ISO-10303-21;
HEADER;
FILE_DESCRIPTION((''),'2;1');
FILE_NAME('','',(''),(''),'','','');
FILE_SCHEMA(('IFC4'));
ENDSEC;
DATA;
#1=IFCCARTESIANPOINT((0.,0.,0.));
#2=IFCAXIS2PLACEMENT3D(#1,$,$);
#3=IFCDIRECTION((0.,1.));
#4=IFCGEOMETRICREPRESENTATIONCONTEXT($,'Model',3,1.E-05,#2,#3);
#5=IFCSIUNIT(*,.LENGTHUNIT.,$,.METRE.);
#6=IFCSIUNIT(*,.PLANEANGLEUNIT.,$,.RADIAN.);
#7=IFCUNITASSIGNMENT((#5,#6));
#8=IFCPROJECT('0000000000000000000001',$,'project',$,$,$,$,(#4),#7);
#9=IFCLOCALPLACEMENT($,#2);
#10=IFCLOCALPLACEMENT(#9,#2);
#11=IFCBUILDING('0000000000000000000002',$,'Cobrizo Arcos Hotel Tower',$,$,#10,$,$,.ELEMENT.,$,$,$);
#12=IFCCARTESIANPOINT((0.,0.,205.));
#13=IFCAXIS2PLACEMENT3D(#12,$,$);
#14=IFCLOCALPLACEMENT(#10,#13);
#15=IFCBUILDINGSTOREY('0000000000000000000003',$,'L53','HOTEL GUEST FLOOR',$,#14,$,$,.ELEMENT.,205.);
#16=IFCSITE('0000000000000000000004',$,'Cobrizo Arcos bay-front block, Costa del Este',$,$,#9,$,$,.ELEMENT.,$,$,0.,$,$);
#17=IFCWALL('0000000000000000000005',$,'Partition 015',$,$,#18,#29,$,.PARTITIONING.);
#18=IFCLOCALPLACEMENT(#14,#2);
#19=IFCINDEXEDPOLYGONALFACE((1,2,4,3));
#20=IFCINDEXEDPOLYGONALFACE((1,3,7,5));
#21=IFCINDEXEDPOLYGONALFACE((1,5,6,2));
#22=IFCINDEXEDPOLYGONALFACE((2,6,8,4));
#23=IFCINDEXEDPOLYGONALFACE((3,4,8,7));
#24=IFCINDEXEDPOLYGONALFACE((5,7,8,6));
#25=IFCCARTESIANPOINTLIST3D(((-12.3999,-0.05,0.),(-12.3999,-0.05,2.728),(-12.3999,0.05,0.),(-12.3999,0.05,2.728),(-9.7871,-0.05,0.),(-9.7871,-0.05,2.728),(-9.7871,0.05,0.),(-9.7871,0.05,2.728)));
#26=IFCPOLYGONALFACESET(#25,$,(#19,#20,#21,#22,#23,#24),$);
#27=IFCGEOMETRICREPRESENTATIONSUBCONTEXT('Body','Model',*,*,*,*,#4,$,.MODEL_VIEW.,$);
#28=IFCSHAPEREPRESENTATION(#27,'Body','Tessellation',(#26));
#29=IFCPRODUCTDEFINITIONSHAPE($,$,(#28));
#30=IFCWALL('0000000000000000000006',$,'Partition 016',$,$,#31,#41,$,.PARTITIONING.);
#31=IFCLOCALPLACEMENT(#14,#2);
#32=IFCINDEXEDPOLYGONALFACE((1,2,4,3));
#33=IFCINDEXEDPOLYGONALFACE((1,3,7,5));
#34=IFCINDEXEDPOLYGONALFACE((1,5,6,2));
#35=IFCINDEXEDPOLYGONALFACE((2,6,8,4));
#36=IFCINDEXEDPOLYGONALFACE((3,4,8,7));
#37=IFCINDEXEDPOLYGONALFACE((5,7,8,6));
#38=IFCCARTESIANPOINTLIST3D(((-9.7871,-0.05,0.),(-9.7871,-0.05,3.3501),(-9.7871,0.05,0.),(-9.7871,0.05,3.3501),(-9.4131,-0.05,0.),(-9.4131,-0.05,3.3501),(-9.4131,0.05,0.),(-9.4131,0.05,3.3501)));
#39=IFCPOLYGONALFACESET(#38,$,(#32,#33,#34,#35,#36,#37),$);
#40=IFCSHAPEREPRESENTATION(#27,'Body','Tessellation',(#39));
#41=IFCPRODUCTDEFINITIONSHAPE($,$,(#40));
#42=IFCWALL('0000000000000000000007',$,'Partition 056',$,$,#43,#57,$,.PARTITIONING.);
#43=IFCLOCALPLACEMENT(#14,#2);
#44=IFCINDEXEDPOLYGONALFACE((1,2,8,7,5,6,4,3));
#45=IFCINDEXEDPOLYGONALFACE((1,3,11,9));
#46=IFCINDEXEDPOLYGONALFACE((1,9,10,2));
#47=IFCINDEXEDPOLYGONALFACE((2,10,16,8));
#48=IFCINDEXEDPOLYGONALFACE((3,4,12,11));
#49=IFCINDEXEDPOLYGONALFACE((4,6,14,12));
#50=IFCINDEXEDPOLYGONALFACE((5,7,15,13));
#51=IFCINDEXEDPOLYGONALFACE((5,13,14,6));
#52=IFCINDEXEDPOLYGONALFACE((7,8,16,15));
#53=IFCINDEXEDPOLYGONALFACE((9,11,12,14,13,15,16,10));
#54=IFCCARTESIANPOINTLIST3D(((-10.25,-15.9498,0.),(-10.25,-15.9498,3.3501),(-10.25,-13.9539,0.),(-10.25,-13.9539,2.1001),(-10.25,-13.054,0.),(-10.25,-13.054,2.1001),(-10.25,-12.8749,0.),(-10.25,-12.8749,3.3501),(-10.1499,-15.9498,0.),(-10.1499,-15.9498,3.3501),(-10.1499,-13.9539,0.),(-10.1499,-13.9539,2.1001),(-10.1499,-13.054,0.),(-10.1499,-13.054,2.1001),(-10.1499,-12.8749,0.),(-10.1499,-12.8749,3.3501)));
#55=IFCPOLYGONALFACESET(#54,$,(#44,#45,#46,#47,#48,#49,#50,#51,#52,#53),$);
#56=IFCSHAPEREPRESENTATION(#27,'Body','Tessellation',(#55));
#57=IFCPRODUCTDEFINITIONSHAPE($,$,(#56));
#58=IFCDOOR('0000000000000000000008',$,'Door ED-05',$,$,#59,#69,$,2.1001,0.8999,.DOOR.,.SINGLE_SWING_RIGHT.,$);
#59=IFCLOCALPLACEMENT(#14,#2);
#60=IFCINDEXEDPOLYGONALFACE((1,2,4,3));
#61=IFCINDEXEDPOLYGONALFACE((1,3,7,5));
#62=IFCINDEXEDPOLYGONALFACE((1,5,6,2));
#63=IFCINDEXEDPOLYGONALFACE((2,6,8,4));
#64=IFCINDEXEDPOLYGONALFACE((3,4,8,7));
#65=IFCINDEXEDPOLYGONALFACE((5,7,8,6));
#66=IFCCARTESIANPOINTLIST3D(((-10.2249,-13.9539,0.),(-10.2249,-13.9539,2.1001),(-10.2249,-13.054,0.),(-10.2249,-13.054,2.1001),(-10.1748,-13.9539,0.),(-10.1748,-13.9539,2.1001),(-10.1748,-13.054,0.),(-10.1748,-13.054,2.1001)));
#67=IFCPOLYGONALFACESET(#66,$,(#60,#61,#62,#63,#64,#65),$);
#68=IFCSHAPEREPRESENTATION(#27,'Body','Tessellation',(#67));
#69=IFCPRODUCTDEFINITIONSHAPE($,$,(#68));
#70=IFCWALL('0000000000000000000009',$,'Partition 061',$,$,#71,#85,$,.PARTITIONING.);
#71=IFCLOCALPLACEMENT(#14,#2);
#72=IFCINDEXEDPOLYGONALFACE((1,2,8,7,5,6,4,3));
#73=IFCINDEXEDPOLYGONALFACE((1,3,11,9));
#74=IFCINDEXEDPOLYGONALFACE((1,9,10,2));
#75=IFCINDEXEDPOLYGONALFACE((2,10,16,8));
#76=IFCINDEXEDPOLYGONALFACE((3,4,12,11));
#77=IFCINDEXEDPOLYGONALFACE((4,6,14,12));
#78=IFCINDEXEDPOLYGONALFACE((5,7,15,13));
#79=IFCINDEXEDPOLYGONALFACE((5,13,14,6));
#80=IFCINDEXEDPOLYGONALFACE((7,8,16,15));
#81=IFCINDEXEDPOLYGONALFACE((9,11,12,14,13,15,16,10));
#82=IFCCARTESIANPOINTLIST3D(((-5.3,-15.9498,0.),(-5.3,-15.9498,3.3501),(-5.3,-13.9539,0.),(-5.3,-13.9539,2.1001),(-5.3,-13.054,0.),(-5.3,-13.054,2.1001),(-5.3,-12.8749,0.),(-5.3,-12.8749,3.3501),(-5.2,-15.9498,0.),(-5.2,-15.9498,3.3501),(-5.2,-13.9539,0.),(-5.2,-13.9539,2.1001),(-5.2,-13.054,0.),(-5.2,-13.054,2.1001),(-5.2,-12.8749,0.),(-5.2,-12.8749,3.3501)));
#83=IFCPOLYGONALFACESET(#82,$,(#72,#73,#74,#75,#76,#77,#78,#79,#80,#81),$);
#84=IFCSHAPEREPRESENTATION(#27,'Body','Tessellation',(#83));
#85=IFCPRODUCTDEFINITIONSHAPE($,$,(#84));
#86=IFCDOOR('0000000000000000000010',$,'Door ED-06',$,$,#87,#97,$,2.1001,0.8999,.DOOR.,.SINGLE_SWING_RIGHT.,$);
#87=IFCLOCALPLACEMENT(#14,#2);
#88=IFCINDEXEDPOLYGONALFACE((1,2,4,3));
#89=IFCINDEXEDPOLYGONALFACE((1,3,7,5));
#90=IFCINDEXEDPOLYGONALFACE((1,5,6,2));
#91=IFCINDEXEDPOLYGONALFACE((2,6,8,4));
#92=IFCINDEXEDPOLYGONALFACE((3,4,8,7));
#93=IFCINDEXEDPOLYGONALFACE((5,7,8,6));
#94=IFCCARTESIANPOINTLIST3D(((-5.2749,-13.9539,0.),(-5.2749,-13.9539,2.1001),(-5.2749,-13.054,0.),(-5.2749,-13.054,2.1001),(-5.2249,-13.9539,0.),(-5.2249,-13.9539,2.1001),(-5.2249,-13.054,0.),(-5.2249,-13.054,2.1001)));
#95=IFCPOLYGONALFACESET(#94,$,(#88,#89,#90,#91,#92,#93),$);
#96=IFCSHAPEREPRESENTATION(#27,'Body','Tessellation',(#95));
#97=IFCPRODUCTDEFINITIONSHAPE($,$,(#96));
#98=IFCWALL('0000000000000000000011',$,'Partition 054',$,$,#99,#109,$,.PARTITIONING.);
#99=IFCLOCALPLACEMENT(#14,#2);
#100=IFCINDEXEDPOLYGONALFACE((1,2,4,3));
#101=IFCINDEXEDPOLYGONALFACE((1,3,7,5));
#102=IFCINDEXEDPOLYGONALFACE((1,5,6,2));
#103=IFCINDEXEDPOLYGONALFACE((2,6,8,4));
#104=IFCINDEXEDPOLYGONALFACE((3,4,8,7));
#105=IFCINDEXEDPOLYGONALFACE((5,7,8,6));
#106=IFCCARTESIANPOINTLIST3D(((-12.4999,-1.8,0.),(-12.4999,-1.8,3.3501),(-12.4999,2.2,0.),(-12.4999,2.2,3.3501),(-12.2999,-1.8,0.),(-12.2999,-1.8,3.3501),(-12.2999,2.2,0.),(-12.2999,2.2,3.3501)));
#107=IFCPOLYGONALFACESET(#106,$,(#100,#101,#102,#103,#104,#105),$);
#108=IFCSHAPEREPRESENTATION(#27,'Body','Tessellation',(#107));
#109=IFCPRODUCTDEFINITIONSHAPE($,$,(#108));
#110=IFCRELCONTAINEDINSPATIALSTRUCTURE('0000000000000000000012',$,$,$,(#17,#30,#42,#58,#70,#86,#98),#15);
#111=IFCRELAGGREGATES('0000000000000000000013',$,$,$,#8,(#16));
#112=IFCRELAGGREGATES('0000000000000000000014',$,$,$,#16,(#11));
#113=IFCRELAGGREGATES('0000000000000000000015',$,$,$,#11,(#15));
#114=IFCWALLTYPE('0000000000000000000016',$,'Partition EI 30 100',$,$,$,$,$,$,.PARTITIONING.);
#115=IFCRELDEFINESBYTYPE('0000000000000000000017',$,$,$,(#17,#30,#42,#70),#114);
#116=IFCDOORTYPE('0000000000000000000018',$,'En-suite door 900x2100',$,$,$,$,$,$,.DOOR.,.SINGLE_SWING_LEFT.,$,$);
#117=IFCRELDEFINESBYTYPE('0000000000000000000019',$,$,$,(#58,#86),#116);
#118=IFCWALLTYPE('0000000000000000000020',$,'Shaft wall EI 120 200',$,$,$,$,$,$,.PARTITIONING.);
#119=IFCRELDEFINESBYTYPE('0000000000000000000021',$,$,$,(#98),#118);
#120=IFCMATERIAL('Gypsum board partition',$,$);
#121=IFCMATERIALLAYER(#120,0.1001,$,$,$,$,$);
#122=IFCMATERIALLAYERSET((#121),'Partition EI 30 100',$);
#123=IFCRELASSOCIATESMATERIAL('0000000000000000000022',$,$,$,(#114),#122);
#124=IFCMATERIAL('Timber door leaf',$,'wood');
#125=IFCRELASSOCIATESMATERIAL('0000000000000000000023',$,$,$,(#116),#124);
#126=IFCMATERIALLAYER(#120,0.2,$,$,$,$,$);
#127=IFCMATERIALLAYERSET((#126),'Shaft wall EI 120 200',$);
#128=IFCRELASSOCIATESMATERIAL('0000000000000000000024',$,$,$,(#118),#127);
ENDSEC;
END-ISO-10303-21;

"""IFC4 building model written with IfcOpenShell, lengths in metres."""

from ifc_helpers import new_model, si_unit, direction, frame, frame_2d, origin, place, context, subcontext, project, spatial, rectangle, extrude, material, layer, layer_set, type_object, element, fill, save


model = new_model("IFC4")

# Units and contexts
model_context = context("Model", 3, precision=1e-05, world=origin(), true_north=direction((0.0, 1.0)))
body_context = subcontext(model_context, "Body", "Model", "MODEL_VIEW")
ifc_project = project(units=[si_unit("LENGTHUNIT", "METRE"), si_unit("PLANEANGLEUNIT", "RADIAN")], contexts=[model_context])

# Site, building, storey
site_placement = place(None, origin())
site = spatial("IfcSite", under=ifc_project, at=site_placement, Name="Cobrizo Arcos bay-front block, Costa del Este", CompositionType="ELEMENT", RefElevation=0.0)
building_placement = place(site_placement, origin())
building = spatial("IfcBuilding", under=site, at=building_placement, Name="Cobrizo Arcos Hotel Tower", CompositionType="ELEMENT")
storey_placement = place(building_placement, frame((0.0, 0.0, 205.0)))
storey = spatial("IfcBuildingStorey", under=building, at=storey_placement, Name="L53", Description="HOTEL GUEST FLOOR", CompositionType="ELEMENT", Elevation=205.0)

# Shared definitions
ifc_material_1 = material(Name="Gypsum board partition")
ifc_material_2 = material(Name="Timber door leaf", Category="wood")

# Shared definitions
ifc_layer_1 = layer(ifc_material_1, 0.1001)
ifc_layer_set_1 = layer_set([ifc_layer_1], Name="Partition EI 30 100")
wall_type_1 = type_object("IfcWallType", Name="Partition EI 30 100", PredefinedType="PARTITIONING", material=ifc_layer_set_1)
door_type_1 = type_object("IfcDoorType", Name="En-suite door 900x2100", OperationType="SINGLE_SWING_LEFT", PredefinedType="DOOR", material=ifc_material_2)

# Walls
wall_1_placement = place(storey_placement, frame((-12.3999, 0.0, 0.0), z_axis=(0.0, 0.0, 1.0), x_axis=(1.0, 0.0, 0.0)))
element("IfcWall", 1, at=wall_1_placement, inside=storey, type_object=wall_type_1, Name="Partition 015", PredefinedType="PARTITIONING", context=body_context, shape_type="SweptSolid", body=[
    extrude(rectangle(XDim=2.6128, YDim=0.1001, at=frame_2d((1.3064, 0.0))), origin(), (0.0, 0.0, 1.0), 2.728),
])
wall_2_placement = place(storey_placement, frame((-9.7871, 0.0, 0.0), z_axis=(0.0, 0.0, 1.0), x_axis=(1.0, 0.0, 0.0)))
element("IfcWall", 2, at=wall_2_placement, inside=storey, type_object=wall_type_1, Name="Partition 016", PredefinedType="PARTITIONING", context=body_context, shape_type="SweptSolid", body=[
    extrude(rectangle(XDim=0.374, YDim=0.1001, at=frame_2d((0.187, 0.0))), origin(), (0.0, 0.0, 1.0), 3.3501),
])

# Walls, openings, doors
wall_3_placement = place(storey_placement, frame((-10.2, -15.95, 0.0), z_axis=(0.0, 0.0, 1.0), x_axis=(0.0, 1.0, 0.0)))
wall_3 = element("IfcWall", 3, at=wall_3_placement, inside=storey, type_object=wall_type_1, Name="Partition 056", PredefinedType="PARTITIONING", context=body_context, shape_type="SweptSolid", body=[
    extrude(rectangle(XDim=3.075, YDim=0.1001, at=frame_2d((1.5376, 0.0))), origin(), (0.0, 0.0, 1.0), 3.3501),
])
opening_1_placement = place(wall_3_placement, frame((1.9961, 0.0, 0.0)))
opening_1 = element("IfcOpeningElement", 4, at=opening_1_placement, cuts=wall_3, PredefinedType="OPENING", context=body_context, shape_type="SweptSolid", body=[
    extrude(rectangle(XDim=0.8999, YDim=2.1001, at=frame_2d((0.45, 1.05))), frame((0.0, 0.062, 0.0), z_axis=(0.0, -1.0, 0.0), x_axis=(1.0, 0.0, 0.0)), (0.0, 0.0, 1.0), 0.124),
])
door_1_placement = place(opening_1_placement, origin())
door_1 = element("IfcDoor", 5, at=door_1_placement, inside=storey, type_object=door_type_1, Name="Door ED-05", OperationType="SINGLE_SWING_RIGHT", OverallHeight=2.1001, OverallWidth=0.8999, PredefinedType="DOOR", context=body_context, shape_type="SweptSolid", body=[
    extrude(rectangle(XDim=0.8999, YDim=2.1001, at=frame_2d((0.45, 1.05))), frame((0.0, 0.0249, 0.0), z_axis=(0.0, -1.0, 0.0), x_axis=(1.0, 0.0, 0.0)), (0.0, 0.0, 1.0), 0.05),
])
fill(opening_1, door_1)
wall_4_placement = place(storey_placement, frame((-5.25, -15.95, 0.0), z_axis=(0.0, 0.0, 1.0), x_axis=(0.0, 1.0, 0.0)))
wall_4 = element("IfcWall", 6, at=wall_4_placement, inside=storey, type_object=wall_type_1, Name="Partition 061", PredefinedType="PARTITIONING", context=body_context, shape_type="SweptSolid", body=[
    extrude(rectangle(XDim=3.075, YDim=0.1001, at=frame_2d((1.5376, 0.0))), origin(), (0.0, 0.0, 1.0), 3.3501),
])
opening_2_placement = place(wall_4_placement, frame((1.9961, 0.0, 0.0)))
opening_2 = element("IfcOpeningElement", 7, at=opening_2_placement, cuts=wall_4, PredefinedType="OPENING", context=body_context, shape_type="SweptSolid", body=[
    extrude(rectangle(XDim=0.8999, YDim=2.1001, at=frame_2d((0.45, 1.05))), frame((0.0, 0.062, 0.0), z_axis=(0.0, -1.0, 0.0), x_axis=(1.0, 0.0, 0.0)), (0.0, 0.0, 1.0), 0.124),
])
door_2_placement = place(opening_2_placement, origin())
door_2 = element("IfcDoor", 8, at=door_2_placement, inside=storey, type_object=door_type_1, Name="Door ED-06", OperationType="SINGLE_SWING_RIGHT", OverallHeight=2.1001, OverallWidth=0.8999, PredefinedType="DOOR", context=body_context, shape_type="SweptSolid", body=[
    extrude(rectangle(XDim=0.8999, YDim=2.1001, at=frame_2d((0.45, 1.05))), frame((0.0, 0.0249, 0.0), z_axis=(0.0, -1.0, 0.0), x_axis=(1.0, 0.0, 0.0)), (0.0, 0.0, 1.0), 0.05),
])
fill(opening_2, door_2)

# Wall
ifc_layer_2 = layer(ifc_material_1, 0.2)
ifc_layer_set_2 = layer_set([ifc_layer_2], Name="Shaft wall EI 120 200")
wall_type_2 = type_object("IfcWallType", Name="Shaft wall EI 120 200", PredefinedType="PARTITIONING", material=ifc_layer_set_2)
wall_5_placement = place(storey_placement, frame((-12.3999, -1.8, 0.0), z_axis=(0.0, 0.0, 1.0), x_axis=(0.0, 1.0, 0.0)))
element("IfcWall", 9, at=wall_5_placement, inside=storey, type_object=wall_type_2, Name="Partition 054", PredefinedType="PARTITIONING", context=body_context, shape_type="SweptSolid", body=[
    extrude(rectangle(XDim=4.0, YDim=0.2, at=frame_2d((2.0, 0.0))), origin(), (0.0, 0.0, 1.0), 3.3501),
])

save(model, "model.ifc")
